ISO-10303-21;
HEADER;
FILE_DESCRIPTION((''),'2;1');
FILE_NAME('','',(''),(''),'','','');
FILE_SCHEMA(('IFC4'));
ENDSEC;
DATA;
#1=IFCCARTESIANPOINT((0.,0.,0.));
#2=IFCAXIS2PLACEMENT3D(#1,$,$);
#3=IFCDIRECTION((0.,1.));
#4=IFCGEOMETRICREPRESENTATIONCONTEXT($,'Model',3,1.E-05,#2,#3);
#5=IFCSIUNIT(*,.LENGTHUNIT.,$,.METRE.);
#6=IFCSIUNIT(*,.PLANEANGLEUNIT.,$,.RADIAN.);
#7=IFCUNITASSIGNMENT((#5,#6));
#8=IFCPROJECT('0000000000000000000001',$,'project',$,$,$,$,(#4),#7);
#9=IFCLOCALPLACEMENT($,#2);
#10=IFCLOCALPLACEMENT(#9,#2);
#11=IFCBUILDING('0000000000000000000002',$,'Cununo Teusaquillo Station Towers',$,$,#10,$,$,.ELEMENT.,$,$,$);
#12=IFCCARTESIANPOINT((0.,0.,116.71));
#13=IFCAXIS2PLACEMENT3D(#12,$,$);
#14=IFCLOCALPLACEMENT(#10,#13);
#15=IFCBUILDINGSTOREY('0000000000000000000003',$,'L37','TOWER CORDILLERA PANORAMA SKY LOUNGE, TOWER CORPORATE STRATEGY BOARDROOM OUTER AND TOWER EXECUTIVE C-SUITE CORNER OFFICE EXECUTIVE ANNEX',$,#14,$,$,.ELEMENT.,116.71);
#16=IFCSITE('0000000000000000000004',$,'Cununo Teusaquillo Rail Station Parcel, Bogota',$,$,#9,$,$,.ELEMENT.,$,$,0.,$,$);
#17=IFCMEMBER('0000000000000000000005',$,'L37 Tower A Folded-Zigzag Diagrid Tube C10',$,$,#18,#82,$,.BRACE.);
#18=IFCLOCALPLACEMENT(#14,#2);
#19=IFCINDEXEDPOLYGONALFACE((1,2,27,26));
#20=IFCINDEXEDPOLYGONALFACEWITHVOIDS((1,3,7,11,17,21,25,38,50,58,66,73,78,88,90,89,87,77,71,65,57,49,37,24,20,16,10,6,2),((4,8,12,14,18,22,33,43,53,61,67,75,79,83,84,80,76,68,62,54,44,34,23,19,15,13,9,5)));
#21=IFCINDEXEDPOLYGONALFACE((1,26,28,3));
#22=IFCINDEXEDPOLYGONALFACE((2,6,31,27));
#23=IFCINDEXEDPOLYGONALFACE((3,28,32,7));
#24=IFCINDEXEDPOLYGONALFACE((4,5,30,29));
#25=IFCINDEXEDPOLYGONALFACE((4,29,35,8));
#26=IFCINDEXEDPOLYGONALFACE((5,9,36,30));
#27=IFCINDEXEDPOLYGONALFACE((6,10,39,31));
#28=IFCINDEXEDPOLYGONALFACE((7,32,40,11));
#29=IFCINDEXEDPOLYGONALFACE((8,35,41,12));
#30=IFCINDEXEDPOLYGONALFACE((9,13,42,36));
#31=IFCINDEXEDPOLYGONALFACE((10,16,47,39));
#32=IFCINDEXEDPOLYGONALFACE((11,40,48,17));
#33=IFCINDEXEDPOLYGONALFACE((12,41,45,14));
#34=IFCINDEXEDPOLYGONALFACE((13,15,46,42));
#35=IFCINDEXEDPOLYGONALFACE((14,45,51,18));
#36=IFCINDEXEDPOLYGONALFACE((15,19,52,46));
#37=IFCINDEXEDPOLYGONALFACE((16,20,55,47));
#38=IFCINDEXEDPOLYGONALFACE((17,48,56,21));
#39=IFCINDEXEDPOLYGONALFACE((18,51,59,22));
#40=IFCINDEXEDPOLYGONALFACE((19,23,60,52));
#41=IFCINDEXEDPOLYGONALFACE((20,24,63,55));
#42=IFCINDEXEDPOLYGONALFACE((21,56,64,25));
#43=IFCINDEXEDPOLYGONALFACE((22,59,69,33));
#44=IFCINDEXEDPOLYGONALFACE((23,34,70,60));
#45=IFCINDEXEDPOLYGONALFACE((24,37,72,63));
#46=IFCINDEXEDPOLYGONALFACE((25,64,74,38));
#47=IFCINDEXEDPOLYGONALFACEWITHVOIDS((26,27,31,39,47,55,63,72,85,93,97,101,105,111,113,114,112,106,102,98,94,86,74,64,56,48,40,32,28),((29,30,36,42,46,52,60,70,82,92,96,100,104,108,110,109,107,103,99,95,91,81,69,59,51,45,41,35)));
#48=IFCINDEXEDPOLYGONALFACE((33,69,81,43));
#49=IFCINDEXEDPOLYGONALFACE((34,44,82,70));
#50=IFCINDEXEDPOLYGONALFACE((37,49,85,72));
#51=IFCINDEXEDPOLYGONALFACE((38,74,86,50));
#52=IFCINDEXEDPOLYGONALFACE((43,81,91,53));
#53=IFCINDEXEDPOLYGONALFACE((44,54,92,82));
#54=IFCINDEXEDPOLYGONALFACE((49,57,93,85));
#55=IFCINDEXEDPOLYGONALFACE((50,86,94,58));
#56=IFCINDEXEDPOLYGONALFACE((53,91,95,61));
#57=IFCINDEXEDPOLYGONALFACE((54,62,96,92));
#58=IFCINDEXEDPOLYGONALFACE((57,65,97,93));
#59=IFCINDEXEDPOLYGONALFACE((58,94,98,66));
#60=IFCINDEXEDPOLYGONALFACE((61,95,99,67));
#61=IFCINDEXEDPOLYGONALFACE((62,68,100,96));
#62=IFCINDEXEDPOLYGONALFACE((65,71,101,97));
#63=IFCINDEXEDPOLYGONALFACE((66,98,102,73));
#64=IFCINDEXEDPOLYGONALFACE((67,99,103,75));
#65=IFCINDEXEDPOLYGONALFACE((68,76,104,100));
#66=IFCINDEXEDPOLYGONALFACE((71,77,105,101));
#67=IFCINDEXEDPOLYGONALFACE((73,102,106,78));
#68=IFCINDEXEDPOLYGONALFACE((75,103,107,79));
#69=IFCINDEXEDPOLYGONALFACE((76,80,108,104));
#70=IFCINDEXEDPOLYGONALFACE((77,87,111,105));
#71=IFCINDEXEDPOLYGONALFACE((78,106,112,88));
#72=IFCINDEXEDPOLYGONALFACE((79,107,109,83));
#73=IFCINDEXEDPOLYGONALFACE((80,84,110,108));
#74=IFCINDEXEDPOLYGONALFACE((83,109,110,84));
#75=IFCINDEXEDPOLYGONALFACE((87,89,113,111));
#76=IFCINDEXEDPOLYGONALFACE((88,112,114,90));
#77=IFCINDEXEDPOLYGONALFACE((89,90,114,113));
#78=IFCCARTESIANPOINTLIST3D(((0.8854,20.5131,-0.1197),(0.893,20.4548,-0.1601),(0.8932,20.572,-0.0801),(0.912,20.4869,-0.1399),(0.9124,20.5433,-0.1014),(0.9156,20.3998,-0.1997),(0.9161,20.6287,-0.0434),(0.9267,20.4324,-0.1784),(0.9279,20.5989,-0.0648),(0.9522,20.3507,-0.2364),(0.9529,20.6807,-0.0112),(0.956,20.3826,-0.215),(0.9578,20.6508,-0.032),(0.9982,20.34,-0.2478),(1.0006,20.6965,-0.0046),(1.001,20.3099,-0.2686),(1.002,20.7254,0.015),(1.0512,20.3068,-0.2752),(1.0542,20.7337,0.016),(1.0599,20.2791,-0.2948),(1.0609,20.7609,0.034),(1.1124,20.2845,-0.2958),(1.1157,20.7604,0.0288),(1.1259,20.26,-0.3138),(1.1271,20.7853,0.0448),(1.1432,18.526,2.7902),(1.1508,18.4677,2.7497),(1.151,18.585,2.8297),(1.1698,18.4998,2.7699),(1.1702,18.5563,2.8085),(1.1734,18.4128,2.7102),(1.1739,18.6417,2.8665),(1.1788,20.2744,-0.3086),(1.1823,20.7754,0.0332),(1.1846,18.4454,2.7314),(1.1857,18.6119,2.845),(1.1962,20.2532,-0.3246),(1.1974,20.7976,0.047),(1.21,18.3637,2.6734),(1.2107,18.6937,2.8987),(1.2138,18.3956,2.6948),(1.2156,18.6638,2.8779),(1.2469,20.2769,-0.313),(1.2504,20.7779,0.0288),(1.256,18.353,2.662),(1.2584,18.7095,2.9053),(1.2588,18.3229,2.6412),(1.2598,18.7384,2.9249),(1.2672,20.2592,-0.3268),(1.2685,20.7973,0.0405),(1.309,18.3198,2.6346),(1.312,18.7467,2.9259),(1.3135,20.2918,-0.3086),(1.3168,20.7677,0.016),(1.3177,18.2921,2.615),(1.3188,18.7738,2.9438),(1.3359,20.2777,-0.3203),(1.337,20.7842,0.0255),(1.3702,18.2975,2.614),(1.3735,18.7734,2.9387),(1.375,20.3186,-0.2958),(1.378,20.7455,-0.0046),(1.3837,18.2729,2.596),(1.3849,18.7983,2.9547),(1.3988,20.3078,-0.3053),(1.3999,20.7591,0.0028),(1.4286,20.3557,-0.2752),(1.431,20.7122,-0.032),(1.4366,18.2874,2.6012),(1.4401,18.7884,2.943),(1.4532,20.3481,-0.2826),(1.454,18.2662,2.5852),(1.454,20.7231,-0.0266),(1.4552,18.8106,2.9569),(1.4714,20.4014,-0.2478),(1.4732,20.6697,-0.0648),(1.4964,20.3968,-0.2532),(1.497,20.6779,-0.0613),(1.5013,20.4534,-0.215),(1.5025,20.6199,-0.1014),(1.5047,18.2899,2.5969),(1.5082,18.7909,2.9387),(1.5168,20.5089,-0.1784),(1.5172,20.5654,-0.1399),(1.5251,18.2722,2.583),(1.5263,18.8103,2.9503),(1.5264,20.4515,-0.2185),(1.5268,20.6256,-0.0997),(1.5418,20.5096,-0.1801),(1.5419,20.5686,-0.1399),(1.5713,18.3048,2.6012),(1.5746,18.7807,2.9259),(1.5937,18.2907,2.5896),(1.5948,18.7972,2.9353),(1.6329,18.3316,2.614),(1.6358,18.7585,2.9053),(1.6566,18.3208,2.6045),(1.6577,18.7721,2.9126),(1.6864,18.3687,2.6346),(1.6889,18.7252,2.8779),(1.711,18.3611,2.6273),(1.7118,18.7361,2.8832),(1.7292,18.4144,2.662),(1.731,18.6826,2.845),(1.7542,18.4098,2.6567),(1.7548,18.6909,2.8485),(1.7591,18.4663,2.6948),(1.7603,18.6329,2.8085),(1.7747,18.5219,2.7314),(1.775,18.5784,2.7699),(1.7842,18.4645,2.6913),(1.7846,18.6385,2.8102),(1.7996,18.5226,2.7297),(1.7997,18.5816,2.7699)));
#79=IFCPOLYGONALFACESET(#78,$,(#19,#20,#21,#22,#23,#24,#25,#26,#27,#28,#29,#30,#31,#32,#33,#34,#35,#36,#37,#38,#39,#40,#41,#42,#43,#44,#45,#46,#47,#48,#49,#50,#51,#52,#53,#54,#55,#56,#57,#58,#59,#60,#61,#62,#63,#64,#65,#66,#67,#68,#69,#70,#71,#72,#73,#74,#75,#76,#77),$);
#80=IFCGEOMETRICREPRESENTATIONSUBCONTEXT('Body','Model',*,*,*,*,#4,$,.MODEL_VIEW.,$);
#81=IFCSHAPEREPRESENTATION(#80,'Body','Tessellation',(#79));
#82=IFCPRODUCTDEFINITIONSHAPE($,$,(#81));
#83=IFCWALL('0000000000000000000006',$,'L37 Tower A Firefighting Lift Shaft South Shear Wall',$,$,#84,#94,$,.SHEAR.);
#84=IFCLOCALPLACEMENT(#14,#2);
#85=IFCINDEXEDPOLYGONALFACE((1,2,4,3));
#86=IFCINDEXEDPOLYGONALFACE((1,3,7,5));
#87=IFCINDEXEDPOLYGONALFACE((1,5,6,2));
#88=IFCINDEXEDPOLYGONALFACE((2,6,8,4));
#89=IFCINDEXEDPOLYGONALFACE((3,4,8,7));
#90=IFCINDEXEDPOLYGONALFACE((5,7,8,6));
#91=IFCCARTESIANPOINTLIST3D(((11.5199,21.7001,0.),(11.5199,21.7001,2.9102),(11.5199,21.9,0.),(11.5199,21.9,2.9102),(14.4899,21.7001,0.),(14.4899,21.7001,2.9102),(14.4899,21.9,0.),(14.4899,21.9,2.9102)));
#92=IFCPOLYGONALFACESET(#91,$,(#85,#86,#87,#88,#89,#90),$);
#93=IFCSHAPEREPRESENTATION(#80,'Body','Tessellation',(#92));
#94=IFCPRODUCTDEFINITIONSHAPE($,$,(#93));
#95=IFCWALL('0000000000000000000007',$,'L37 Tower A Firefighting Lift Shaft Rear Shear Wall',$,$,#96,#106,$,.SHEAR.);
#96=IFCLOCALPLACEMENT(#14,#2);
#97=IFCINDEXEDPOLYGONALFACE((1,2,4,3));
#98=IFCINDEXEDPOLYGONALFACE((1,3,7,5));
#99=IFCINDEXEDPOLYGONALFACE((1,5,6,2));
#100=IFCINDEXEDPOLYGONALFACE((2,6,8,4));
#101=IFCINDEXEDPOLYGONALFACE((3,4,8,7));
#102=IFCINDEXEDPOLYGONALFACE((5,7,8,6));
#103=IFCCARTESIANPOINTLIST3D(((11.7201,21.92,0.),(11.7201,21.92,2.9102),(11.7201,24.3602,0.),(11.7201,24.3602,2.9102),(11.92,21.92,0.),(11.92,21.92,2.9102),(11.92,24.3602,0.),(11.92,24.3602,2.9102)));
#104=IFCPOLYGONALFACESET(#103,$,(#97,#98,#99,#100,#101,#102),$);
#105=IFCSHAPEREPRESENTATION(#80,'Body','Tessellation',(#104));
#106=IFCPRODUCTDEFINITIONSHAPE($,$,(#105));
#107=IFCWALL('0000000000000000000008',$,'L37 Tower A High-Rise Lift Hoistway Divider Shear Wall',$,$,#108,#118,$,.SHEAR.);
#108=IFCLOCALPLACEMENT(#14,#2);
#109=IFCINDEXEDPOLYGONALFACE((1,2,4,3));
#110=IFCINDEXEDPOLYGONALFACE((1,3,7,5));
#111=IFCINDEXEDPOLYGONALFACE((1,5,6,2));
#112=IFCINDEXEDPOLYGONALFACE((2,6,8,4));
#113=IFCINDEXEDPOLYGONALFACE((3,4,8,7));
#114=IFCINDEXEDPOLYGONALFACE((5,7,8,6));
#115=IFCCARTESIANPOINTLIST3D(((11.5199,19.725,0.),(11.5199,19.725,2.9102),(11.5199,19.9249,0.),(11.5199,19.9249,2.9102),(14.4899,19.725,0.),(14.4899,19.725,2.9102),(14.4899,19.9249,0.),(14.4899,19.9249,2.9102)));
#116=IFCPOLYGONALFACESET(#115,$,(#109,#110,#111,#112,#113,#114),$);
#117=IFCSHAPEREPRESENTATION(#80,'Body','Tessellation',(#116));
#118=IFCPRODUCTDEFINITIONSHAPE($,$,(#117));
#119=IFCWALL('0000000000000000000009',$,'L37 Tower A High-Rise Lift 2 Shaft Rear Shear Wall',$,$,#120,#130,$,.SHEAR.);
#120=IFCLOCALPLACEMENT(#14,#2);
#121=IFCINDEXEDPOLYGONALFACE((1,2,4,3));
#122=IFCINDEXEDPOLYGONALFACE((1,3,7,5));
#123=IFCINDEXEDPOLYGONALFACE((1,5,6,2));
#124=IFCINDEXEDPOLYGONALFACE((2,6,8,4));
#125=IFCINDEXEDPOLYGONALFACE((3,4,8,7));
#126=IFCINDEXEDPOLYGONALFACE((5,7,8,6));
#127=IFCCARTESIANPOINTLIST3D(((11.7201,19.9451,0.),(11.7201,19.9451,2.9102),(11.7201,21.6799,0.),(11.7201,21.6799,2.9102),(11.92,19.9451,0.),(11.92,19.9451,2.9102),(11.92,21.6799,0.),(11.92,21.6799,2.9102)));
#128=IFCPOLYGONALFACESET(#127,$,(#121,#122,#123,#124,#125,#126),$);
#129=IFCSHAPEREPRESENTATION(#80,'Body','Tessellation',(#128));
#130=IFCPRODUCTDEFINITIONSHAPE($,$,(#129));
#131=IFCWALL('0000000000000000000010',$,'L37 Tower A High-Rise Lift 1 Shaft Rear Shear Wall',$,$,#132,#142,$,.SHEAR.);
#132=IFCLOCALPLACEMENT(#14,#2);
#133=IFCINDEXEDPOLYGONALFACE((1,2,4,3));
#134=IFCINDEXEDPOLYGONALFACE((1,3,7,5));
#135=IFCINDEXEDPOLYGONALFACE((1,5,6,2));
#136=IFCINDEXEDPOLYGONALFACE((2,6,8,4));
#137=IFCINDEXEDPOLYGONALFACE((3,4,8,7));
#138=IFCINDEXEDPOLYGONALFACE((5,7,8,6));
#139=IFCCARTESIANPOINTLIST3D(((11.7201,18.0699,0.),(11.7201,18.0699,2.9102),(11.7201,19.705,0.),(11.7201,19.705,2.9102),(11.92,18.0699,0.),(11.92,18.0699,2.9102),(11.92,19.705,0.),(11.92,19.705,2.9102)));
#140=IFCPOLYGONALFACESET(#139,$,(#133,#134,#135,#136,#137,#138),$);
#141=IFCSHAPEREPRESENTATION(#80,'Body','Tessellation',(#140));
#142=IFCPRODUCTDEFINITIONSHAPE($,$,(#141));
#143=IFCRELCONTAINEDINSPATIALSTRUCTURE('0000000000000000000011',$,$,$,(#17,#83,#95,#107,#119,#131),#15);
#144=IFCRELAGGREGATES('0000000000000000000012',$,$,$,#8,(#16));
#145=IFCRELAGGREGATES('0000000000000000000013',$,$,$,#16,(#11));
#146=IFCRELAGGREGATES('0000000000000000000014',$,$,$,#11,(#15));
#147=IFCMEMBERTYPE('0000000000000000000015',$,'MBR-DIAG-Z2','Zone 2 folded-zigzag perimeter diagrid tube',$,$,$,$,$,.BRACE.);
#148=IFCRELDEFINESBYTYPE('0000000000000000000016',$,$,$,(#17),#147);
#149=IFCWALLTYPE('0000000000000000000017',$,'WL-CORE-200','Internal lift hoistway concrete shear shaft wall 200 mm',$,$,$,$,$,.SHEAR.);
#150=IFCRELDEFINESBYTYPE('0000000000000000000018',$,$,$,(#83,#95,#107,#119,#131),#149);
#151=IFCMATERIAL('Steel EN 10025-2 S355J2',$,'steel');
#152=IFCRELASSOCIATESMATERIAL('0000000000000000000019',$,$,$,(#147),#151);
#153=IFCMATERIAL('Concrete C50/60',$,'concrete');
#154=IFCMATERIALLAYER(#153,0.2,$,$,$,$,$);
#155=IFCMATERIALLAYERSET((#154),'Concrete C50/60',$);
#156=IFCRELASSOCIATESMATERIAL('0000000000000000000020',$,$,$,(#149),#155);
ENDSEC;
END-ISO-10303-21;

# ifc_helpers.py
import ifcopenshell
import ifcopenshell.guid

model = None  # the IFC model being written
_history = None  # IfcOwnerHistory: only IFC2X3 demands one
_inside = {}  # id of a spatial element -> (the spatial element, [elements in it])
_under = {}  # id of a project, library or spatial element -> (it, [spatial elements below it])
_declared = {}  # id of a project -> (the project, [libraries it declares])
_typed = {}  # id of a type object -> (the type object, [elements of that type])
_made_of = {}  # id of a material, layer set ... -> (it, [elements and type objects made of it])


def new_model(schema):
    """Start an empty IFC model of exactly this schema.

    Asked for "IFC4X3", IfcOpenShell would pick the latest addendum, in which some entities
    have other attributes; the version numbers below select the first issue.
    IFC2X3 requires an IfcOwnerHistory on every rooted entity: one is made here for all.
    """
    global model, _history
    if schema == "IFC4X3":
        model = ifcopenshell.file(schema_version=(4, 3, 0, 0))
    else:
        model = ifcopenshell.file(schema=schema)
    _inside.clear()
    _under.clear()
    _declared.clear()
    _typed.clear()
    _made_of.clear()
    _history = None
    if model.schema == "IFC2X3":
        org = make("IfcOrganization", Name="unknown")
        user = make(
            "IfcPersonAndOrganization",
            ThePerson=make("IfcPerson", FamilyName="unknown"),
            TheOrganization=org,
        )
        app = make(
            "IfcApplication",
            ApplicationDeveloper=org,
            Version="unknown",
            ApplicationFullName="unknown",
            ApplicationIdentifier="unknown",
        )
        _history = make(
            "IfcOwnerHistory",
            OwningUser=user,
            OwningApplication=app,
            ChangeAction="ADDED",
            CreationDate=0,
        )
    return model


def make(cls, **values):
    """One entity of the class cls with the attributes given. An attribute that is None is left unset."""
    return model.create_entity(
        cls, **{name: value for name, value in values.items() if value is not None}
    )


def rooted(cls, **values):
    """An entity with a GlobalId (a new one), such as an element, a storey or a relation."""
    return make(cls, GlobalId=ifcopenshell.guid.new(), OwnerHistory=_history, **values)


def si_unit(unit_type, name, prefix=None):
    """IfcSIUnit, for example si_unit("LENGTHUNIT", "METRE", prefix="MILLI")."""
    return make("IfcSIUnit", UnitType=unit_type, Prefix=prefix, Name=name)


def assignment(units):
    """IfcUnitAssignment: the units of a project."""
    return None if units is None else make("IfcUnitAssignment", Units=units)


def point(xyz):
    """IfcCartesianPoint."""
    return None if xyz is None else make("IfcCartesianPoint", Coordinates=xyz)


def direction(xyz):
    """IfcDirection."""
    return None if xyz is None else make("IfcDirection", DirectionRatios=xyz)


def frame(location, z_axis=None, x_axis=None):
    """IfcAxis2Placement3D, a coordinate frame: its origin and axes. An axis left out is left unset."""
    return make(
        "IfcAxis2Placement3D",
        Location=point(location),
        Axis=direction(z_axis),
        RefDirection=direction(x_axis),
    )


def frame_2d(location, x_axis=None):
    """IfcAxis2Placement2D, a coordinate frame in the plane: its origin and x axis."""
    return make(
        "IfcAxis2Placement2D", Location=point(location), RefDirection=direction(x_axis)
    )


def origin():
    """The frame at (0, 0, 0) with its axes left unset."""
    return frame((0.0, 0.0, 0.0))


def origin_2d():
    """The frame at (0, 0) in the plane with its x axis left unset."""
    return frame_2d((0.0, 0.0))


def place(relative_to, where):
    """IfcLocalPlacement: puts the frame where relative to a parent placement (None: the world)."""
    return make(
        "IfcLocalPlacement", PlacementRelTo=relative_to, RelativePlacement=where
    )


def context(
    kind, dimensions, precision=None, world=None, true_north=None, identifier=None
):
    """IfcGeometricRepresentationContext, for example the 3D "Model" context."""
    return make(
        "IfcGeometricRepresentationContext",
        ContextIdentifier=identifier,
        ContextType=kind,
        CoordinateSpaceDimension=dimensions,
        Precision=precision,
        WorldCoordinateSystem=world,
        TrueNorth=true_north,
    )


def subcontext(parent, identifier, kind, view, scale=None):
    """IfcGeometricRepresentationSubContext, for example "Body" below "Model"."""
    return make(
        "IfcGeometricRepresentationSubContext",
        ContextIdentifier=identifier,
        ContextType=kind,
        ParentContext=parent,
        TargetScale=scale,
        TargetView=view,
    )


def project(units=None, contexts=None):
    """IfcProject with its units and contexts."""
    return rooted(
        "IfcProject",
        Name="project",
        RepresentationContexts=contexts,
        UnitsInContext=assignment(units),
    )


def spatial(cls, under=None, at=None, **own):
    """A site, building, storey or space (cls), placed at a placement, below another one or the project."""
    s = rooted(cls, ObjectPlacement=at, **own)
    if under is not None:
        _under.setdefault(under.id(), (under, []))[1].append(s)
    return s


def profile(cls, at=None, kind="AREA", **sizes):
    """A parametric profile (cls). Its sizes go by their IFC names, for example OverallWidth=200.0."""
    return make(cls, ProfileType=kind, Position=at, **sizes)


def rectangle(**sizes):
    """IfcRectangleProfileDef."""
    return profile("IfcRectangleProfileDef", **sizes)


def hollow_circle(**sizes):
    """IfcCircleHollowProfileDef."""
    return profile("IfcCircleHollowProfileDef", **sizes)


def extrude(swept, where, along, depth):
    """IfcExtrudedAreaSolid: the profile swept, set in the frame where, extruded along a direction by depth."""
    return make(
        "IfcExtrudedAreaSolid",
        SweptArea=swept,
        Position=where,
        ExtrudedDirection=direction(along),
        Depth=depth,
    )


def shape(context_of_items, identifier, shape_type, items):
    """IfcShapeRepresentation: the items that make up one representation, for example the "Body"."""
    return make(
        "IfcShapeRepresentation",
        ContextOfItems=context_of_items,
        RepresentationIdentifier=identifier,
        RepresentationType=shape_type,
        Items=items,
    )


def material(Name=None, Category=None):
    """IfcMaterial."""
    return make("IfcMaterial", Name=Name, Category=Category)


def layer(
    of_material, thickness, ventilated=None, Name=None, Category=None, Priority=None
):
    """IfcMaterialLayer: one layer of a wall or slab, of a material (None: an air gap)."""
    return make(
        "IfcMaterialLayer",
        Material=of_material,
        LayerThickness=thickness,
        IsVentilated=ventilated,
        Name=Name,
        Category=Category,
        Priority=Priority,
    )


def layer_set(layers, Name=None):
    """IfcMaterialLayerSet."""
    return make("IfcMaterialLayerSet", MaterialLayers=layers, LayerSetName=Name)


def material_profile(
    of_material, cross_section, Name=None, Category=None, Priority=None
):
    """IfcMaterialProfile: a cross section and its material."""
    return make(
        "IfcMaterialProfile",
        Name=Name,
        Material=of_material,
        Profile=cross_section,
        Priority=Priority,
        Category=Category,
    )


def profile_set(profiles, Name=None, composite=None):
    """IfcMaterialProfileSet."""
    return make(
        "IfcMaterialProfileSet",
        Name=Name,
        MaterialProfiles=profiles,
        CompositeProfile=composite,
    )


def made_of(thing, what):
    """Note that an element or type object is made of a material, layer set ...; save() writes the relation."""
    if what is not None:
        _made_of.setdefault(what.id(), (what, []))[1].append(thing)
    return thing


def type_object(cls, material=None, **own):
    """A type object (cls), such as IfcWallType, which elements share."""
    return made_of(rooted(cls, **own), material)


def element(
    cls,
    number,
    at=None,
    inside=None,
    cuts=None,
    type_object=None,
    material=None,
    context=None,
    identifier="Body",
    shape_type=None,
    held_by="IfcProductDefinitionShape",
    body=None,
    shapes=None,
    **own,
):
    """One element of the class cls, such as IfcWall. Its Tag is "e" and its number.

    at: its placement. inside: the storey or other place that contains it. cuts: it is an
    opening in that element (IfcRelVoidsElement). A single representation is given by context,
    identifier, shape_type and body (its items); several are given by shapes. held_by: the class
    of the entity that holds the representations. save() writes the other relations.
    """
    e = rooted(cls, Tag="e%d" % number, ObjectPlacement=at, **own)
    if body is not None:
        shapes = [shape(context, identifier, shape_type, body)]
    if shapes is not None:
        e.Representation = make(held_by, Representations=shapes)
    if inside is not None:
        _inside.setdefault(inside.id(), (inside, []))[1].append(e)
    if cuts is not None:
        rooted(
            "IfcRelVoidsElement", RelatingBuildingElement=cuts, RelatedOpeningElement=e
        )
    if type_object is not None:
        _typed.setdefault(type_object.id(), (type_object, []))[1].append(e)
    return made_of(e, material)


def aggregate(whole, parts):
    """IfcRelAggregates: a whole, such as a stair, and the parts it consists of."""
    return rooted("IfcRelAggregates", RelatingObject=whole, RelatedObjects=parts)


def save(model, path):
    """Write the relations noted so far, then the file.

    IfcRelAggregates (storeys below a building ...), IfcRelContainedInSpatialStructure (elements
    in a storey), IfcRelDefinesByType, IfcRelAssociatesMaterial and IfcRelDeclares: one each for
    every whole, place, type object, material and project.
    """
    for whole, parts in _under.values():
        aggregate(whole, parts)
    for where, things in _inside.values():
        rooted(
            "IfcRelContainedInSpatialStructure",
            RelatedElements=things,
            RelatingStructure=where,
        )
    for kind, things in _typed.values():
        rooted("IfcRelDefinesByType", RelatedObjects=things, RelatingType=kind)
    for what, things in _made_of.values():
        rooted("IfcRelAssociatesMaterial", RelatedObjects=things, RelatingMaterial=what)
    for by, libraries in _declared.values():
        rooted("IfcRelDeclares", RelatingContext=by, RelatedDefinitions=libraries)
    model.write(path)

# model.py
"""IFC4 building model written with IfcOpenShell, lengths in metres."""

from ifc_helpers import new_model, si_unit, direction, frame, frame_2d, origin, origin_2d, place, context, subcontext, project, spatial, rectangle, hollow_circle, extrude, material, layer, layer_set, material_profile, profile_set, type_object, element, save


model = new_model("IFC4")

# Units and contexts
model_context = context("Model", 3, precision=1e-05, world=origin(), true_north=direction((0.0, 1.0)))
body_context = subcontext(model_context, "Body", "Model", "MODEL_VIEW")
ifc_project = project(units=[si_unit("LENGTHUNIT", "METRE"), si_unit("PLANEANGLEUNIT", "RADIAN")], contexts=[model_context])

# Site, building, storey
site_placement = place(None, origin())
site = spatial("IfcSite", under=ifc_project, at=site_placement, Name="Cununo Teusaquillo Rail Station Parcel, Bogota", CompositionType="ELEMENT", RefElevation=0.0)
building_placement = place(site_placement, origin())
building = spatial("IfcBuilding", under=site, at=building_placement, Name="Cununo Teusaquillo Station Towers", CompositionType="ELEMENT")
storey_placement = place(building_placement, frame((0.0, 0.0, 116.71)))
storey = spatial("IfcBuildingStorey", under=building, at=storey_placement, Name="L37", Description="TOWER CORDILLERA PANORAMA SKY LOUNGE, TOWER CORPORATE STRATEGY BOARDROOM OUTER AND TOWER EXECUTIVE C-SUITE CORNER OFFICE EXECUTIVE ANNEX", CompositionType="ELEMENT", Elevation=116.71)

# Member
ifc_material_1 = material(Name="Steel EN 10025-2 S355J2", Category="steel")
ifc_material_profile_1 = material_profile(ifc_material_1, hollow_circle(Radius=0.3301, WallThickness=0.0249, at=origin_2d()), Name="CHS 660x25")
ifc_profile_set_1 = profile_set([ifc_material_profile_1], Name="Steel EN 10025-2 S355J2")
member_type = type_object("IfcMemberType", Name="MBR-DIAG-Z2", Description="Zone 2 folded-zigzag perimeter diagrid tube", PredefinedType="BRACE", material=ifc_profile_set_1)
member_placement = place(storey_placement, frame((1.2146, 20.5261, -0.1399), z_axis=(0.072972, -0.56242, 0.823625), x_axis=(0.991688, 0.128667, 0.0)))
element("IfcMember", 1, at=member_placement, inside=storey, type_object=member_type, Name="L37 Tower A Folded-Zigzag Diagrid Tube C10", PredefinedType="BRACE", context=body_context, shape_type="SweptSolid", body=[
    extrude(hollow_circle(Radius=0.3301, WallThickness=0.0249, at=origin_2d()), origin(), (0.0, 0.0, 1.0), 3.533),
])

# Walls
ifc_material_2 = material(Name="Concrete C50/60", Category="concrete")
ifc_layer_1 = layer(ifc_material_2, 0.2)
ifc_layer_set_1 = layer_set([ifc_layer_1], Name="Concrete C50/60")
wall_type_1 = type_object("IfcWallType", Name="WL-CORE-200", Description="Internal lift hoistway concrete shear shaft wall 200 mm", PredefinedType="SHEAR", material=ifc_layer_set_1)
wall_1_placement = place(storey_placement, frame((11.52, 21.8, 0.0), z_axis=(0.0, 0.0, 1.0), x_axis=(1.0, 0.0, 0.0)))
element("IfcWall", 2, at=wall_1_placement, inside=storey, type_object=wall_type_1, Name="L37 Tower A Firefighting Lift Shaft South Shear Wall", PredefinedType="SHEAR", context=body_context, shape_type="SweptSolid", body=[
    extrude(rectangle(XDim=2.97, YDim=0.2, at=frame_2d((1.4849, 0.0))), origin(), (0.0, 0.0, 1.0), 2.9102),
])
wall_2_placement = place(storey_placement, frame((11.8201, 21.9199, 0.0), z_axis=(0.0, 0.0, 1.0), x_axis=(0.0, 1.0, 0.0)))
element("IfcWall", 3, at=wall_2_placement, inside=storey, type_object=wall_type_1, Name="L37 Tower A Firefighting Lift Shaft Rear Shear Wall", PredefinedType="SHEAR", context=body_context, shape_type="SweptSolid", body=[
    extrude(rectangle(XDim=2.4402, YDim=0.2, at=frame_2d((1.2202, 0.0))), origin(), (0.0, 0.0, 1.0), 2.9102),
])
wall_3_placement = place(storey_placement, frame((11.52, 19.825, 0.0), z_axis=(0.0, 0.0, 1.0), x_axis=(1.0, 0.0, 0.0)))
element("IfcWall", 4, at=wall_3_placement, inside=storey, type_object=wall_type_1, Name="L37 Tower A High-Rise Lift Hoistway Divider Shear Wall", PredefinedType="SHEAR", context=body_context, shape_type="SweptSolid", body=[
    extrude(rectangle(XDim=2.97, YDim=0.2, at=frame_2d((1.4849, 0.0))), origin(), (0.0, 0.0, 1.0), 2.9102),
])
wall_4_placement = place(storey_placement, frame((11.8201, 19.9451, 0.0), z_axis=(0.0, 0.0, 1.0), x_axis=(0.0, 1.0, 0.0)))
element("IfcWall", 5, at=wall_4_placement, inside=storey, type_object=wall_type_1, Name="L37 Tower A High-Rise Lift 2 Shaft Rear Shear Wall", PredefinedType="SHEAR", context=body_context, shape_type="SweptSolid", body=[
    extrude(rectangle(XDim=1.7349, YDim=0.2, at=frame_2d((0.8674, 0.0))), origin(), (0.0, 0.0, 1.0), 2.9102),
])
wall_5_placement = place(storey_placement, frame((11.8201, 18.0701, 0.0), z_axis=(0.0, 0.0, 1.0), x_axis=(0.0, 1.0, 0.0)))
element("IfcWall", 6, at=wall_5_placement, inside=storey, type_object=wall_type_1, Name="L37 Tower A High-Rise Lift 1 Shaft Rear Shear Wall", PredefinedType="SHEAR", context=body_context, shape_type="SweptSolid", body=[
    extrude(rectangle(XDim=1.635, YDim=0.2, at=frame_2d((0.8174, 0.0))), origin(), (0.0, 0.0, 1.0), 2.9102),
])

save(model, "model.ifc")
